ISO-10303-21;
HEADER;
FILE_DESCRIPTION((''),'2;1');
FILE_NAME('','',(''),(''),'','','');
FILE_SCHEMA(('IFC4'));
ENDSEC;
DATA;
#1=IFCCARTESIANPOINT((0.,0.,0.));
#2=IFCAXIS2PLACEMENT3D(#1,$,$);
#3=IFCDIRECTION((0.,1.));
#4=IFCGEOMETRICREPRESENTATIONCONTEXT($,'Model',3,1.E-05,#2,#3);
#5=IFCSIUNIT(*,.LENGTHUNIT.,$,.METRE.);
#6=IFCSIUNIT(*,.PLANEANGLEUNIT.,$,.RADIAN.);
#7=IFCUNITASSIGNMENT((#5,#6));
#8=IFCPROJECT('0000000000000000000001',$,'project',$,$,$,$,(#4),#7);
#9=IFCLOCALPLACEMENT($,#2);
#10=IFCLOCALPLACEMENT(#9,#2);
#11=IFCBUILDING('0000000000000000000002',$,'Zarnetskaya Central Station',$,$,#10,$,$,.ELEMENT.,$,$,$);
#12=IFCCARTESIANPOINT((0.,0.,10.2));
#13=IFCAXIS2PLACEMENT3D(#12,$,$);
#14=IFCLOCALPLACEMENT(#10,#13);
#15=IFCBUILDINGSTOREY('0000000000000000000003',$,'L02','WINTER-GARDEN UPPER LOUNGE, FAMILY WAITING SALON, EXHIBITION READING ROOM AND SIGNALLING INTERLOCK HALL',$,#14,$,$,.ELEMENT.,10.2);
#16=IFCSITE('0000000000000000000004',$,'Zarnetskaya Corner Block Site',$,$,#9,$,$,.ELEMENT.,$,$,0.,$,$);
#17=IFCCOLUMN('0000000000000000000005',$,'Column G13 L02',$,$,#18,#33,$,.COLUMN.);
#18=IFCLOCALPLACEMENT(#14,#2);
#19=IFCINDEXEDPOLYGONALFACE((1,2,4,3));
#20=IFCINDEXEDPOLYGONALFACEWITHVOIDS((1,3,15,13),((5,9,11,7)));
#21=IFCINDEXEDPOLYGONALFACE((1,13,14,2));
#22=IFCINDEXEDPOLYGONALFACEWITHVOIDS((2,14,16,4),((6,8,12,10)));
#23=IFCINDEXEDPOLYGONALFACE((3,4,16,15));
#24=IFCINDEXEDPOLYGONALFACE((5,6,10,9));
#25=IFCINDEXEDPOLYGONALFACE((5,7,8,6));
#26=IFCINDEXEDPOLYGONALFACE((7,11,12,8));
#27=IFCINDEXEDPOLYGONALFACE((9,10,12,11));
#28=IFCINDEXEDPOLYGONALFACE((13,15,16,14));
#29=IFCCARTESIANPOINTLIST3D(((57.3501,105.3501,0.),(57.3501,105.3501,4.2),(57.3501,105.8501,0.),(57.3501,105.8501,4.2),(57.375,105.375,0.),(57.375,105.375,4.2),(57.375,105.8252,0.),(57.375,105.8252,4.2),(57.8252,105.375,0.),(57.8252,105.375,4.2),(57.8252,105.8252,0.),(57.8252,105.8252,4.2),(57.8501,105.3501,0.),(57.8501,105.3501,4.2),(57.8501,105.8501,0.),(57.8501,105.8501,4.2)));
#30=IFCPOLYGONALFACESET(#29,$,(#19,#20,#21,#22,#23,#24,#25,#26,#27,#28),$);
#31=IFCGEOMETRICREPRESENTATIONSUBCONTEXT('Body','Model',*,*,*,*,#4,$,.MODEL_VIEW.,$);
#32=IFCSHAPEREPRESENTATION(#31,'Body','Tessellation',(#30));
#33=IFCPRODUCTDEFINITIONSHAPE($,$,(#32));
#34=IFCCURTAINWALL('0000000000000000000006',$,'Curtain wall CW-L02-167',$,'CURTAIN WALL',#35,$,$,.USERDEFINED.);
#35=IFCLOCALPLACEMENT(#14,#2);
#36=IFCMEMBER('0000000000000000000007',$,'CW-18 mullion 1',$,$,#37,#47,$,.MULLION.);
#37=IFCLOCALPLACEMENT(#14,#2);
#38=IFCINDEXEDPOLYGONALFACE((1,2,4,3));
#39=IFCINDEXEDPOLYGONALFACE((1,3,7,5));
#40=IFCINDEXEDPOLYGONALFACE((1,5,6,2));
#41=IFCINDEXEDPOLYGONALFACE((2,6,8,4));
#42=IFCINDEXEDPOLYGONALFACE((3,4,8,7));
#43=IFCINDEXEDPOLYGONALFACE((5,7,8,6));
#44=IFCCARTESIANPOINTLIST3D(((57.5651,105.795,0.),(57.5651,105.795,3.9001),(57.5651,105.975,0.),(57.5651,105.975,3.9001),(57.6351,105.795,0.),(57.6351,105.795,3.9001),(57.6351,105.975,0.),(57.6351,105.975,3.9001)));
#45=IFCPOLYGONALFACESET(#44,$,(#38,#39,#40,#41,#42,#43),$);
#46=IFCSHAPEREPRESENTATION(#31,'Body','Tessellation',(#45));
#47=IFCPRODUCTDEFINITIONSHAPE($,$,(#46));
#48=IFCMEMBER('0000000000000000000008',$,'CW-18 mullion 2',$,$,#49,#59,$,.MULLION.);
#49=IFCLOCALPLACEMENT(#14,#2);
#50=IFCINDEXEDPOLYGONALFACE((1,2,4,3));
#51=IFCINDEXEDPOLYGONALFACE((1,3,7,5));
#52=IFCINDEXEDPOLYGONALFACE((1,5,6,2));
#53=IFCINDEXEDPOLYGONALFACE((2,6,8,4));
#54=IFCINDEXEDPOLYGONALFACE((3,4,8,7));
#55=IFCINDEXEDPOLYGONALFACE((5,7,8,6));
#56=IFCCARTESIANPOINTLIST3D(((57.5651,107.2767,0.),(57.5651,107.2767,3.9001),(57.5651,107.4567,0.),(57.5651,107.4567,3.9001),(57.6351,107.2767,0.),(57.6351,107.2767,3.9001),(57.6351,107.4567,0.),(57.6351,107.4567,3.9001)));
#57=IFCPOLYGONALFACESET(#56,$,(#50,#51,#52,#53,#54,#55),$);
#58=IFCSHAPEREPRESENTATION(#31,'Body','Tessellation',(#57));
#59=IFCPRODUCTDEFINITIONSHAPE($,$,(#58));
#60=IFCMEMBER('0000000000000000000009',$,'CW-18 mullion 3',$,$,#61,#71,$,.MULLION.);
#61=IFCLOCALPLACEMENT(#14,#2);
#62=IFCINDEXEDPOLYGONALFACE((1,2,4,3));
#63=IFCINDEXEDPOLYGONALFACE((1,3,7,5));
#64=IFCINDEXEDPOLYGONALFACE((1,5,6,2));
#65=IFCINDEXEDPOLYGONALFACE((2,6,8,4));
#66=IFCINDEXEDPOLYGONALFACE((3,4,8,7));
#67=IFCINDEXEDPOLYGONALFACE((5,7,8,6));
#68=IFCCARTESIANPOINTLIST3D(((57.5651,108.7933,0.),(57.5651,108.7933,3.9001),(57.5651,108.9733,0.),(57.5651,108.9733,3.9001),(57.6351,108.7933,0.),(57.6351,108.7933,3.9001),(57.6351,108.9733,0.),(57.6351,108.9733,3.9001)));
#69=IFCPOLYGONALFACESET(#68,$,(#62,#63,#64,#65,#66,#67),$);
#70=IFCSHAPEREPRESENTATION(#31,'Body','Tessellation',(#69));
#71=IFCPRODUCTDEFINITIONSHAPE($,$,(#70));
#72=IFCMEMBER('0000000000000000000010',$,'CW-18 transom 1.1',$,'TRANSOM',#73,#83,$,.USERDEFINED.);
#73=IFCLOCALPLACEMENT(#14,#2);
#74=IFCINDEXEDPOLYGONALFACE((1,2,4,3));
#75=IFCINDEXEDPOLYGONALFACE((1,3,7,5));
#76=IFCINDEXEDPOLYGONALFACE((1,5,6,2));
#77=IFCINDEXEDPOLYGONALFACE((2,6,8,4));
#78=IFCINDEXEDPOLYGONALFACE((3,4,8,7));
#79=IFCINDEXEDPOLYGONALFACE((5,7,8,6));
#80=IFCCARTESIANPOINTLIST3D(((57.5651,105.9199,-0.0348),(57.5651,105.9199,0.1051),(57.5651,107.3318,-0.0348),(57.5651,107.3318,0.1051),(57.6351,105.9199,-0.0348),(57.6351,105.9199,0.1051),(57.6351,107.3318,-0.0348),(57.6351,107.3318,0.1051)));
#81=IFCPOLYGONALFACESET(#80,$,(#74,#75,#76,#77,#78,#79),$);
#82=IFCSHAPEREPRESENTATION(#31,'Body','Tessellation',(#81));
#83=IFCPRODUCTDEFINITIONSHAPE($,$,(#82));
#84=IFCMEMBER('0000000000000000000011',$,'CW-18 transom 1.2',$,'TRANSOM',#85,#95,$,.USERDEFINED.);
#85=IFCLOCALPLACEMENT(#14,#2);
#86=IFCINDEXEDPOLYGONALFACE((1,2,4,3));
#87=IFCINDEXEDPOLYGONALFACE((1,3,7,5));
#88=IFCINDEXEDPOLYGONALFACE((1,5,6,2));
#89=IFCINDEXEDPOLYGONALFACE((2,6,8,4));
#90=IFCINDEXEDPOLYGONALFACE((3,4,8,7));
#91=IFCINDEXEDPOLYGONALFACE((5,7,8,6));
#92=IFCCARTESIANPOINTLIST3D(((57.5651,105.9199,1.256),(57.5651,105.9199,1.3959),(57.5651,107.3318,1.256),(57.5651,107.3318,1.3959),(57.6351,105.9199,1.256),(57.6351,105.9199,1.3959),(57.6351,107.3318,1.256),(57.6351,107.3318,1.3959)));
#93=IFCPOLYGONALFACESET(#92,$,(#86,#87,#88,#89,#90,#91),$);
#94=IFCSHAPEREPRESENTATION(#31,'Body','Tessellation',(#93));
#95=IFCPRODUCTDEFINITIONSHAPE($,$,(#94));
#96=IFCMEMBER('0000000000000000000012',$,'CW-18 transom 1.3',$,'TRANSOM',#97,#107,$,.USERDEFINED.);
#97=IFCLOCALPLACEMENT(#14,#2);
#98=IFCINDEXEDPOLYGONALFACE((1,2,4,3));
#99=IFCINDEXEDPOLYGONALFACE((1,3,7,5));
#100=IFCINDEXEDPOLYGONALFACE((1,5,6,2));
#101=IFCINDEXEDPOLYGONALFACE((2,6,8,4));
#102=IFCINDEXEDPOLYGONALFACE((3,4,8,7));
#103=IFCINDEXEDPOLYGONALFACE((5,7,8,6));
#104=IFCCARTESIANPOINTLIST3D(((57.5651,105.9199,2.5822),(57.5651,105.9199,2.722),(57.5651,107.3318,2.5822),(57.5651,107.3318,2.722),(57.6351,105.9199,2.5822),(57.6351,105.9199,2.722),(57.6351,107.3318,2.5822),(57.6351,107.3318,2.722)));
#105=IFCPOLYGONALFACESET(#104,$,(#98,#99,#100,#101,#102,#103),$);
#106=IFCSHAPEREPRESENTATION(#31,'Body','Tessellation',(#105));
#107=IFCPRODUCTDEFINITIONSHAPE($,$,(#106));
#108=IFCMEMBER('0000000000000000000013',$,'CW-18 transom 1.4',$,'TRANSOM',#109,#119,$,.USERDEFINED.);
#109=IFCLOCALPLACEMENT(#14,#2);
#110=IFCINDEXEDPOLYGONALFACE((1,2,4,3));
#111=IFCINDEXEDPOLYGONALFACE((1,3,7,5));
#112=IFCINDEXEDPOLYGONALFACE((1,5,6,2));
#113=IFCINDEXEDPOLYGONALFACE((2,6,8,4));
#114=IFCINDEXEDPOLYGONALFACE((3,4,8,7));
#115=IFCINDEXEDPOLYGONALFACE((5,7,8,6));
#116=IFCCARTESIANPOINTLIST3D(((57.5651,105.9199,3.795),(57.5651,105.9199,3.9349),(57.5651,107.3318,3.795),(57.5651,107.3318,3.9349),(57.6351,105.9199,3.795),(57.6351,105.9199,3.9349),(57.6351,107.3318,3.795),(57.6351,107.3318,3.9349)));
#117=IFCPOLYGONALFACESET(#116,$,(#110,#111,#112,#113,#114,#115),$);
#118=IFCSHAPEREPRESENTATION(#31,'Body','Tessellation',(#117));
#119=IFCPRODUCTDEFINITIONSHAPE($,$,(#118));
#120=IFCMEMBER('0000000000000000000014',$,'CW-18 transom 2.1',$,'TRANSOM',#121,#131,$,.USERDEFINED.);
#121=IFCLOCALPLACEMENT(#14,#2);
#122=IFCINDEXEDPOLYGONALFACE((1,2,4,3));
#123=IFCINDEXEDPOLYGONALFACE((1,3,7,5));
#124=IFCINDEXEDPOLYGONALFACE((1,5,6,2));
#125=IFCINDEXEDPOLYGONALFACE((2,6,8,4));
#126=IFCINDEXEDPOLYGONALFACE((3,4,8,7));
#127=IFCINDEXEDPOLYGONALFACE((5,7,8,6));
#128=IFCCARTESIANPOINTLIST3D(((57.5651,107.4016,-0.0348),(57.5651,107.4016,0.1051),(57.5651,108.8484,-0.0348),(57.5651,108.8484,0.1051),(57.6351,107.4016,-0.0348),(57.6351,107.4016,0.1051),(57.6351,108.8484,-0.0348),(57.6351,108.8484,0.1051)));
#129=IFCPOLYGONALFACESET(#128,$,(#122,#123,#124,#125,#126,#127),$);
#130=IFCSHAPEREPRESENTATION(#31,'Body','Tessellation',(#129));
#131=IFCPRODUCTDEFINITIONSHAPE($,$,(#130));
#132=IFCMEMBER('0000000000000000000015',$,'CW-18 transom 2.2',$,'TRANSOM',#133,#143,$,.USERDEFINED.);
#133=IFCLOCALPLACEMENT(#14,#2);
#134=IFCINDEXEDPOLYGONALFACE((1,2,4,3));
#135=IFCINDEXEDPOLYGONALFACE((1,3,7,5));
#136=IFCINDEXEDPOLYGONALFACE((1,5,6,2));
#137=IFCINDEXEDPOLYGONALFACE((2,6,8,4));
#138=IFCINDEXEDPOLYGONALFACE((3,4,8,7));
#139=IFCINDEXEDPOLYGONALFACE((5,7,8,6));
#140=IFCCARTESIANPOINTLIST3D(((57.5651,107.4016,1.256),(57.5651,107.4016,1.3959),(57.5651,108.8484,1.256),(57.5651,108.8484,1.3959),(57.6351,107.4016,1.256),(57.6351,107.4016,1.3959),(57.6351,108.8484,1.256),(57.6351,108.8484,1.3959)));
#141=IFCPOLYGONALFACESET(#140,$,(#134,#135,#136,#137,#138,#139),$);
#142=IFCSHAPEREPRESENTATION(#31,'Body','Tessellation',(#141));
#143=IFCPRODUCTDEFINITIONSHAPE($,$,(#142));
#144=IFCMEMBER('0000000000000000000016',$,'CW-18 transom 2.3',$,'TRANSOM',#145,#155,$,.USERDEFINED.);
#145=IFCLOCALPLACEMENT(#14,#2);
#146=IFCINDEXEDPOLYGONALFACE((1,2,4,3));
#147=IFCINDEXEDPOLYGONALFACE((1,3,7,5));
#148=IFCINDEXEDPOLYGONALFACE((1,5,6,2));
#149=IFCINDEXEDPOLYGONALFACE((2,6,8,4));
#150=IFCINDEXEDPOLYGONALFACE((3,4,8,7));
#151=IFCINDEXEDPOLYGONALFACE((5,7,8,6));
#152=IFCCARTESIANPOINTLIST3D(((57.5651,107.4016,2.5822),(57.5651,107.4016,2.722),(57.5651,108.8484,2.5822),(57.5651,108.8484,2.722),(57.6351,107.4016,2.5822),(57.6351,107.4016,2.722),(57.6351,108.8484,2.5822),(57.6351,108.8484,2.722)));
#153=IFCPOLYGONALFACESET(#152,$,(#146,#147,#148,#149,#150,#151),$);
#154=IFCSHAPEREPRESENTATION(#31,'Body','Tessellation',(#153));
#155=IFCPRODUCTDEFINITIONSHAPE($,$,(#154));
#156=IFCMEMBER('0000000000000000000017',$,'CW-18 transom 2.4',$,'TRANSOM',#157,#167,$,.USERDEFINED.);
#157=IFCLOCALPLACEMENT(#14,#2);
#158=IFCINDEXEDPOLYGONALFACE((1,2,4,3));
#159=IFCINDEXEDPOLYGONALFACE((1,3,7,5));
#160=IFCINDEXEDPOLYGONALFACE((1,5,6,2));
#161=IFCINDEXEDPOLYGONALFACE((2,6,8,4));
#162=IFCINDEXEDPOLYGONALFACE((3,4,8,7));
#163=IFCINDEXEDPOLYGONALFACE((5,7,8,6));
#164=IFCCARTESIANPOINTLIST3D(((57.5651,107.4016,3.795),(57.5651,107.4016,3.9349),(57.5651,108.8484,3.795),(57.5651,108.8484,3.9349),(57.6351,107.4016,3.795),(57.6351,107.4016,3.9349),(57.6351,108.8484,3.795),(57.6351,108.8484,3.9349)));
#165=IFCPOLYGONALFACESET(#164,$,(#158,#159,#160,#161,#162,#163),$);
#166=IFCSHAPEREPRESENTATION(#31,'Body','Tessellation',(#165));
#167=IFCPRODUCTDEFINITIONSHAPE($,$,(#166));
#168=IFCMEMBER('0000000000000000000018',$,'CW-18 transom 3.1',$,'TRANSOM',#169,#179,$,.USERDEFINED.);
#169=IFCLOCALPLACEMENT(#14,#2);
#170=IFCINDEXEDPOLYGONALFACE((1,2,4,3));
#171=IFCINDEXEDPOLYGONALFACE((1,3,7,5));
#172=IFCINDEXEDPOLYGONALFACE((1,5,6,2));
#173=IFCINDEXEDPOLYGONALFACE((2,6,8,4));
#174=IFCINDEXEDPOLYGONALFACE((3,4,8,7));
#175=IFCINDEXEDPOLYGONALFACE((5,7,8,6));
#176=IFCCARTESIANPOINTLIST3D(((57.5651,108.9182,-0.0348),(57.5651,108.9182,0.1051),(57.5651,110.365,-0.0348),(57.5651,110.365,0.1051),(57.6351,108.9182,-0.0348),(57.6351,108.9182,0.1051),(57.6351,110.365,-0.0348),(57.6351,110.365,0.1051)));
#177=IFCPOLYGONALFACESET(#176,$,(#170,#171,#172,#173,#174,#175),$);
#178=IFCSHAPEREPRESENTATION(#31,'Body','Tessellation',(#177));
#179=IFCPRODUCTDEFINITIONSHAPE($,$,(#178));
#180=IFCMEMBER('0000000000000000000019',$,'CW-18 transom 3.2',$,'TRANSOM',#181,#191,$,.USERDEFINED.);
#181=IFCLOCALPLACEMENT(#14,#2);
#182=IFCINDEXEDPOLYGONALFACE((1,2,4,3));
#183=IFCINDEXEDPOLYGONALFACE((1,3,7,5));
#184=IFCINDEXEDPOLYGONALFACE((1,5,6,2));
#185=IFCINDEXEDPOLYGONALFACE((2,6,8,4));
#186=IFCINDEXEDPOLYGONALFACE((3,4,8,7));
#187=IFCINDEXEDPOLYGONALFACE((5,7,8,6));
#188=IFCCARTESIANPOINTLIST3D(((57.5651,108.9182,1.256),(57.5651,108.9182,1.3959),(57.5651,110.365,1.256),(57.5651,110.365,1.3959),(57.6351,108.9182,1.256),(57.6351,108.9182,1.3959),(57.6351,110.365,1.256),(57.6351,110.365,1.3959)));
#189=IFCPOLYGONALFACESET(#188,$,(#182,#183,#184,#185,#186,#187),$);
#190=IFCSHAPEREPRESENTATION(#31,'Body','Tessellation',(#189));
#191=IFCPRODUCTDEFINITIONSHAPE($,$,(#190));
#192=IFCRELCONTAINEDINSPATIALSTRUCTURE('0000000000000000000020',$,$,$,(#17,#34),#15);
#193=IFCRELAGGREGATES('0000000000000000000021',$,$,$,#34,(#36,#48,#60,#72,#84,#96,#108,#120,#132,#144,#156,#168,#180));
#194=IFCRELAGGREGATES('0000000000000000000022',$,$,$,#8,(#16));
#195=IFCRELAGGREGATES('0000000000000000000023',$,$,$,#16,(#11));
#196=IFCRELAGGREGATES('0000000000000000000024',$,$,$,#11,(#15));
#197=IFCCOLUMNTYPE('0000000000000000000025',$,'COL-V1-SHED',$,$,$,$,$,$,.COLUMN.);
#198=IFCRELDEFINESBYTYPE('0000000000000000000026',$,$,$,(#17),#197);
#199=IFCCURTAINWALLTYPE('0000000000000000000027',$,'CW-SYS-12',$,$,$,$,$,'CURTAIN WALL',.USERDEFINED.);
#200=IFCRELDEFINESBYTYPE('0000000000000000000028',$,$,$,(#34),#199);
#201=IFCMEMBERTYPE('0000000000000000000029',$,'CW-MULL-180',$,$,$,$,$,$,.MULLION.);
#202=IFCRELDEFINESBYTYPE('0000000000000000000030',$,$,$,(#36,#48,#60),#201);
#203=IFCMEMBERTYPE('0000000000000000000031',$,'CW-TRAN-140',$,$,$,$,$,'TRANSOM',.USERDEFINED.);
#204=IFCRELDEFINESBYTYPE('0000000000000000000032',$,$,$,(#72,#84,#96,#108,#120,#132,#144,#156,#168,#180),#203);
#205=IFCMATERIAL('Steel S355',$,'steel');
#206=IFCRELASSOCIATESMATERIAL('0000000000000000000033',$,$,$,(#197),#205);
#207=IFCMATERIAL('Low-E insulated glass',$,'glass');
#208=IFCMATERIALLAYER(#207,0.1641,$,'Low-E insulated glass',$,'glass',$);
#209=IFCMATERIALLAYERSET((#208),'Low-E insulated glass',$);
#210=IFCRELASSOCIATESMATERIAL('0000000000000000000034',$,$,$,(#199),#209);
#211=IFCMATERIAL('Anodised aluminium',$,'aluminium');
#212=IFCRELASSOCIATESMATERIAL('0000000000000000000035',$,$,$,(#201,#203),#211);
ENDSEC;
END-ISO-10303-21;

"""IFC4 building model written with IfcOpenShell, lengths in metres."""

from ifc_helpers import new_model, si_unit, direction, frame, origin, origin_2d, place, context, subcontext, project, spatial, rectangle, hollow_rectangle, extrude, material, layer, layer_set, material_profile, profile_set, type_object, element, aggregate, save


model = new_model("IFC4")

# Units and contexts
model_context = context("Model", 3, precision=1e-05, world=origin(), true_north=direction((0.0, 1.0)))
body_context = subcontext(model_context, "Body", "Model", "MODEL_VIEW")
ifc_project = project(units=[si_unit("LENGTHUNIT", "METRE"), si_unit("PLANEANGLEUNIT", "RADIAN")], contexts=[model_context])

# Site, building, storey
site_placement = place(None, origin())
site = spatial("IfcSite", under=ifc_project, at=site_placement, Name="Zarnetskaya Corner Block Site", CompositionType="ELEMENT", RefElevation=0.0)
building_placement = place(site_placement, origin())
building = spatial("IfcBuilding", under=site, at=building_placement, Name="Zarnetskaya Central Station", CompositionType="ELEMENT")
storey_placement = place(building_placement, frame((0.0, 0.0, 10.2)))
storey = spatial("IfcBuildingStorey", under=building, at=storey_placement, Name="L02", Description="WINTER-GARDEN UPPER LOUNGE, FAMILY WAITING SALON, EXHIBITION READING ROOM AND SIGNALLING INTERLOCK HALL", CompositionType="ELEMENT", Elevation=10.2)

# Column
ifc_material_1 = material(Name="Steel S355", Category="steel")
ifc_material_profile_1 = material_profile(ifc_material_1, hollow_rectangle(XDim=0.5, YDim=0.5, WallThickness=0.0249, at=origin_2d()), Name="BOX 500x500x25")
ifc_profile_set_1 = profile_set([ifc_material_profile_1], Name="Steel S355")
column_type = type_object("IfcColumnType", Name="COL-V1-SHED", PredefinedType="COLUMN", material=ifc_profile_set_1)
column_placement = place(storey_placement, frame((57.6001, 105.6001, 0.0), z_axis=(0.0, 0.0, 1.0), x_axis=(1.0, 0.0, 0.0)))
element("IfcColumn", 1, at=column_placement, inside=storey, type_object=column_type, Name="Column G13 L02", PredefinedType="COLUMN", context=body_context, shape_type="SweptSolid", body=[
    extrude(hollow_rectangle(XDim=0.5, YDim=0.5, WallThickness=0.0249, at=origin_2d()), origin(), (0.0, 0.0, 1.0), 4.2),
])

# Curtain wall, members
ifc_material_2 = material(Name="Low-E insulated glass", Category="glass")
ifc_layer_1 = layer(ifc_material_2, 0.1641, Name="Low-E insulated glass", Category="glass")
ifc_layer_set_1 = layer_set([ifc_layer_1], Name="Low-E insulated glass")
curtain_wall_type = type_object("IfcCurtainWallType", Name="CW-SYS-12", ElementType="CURTAIN WALL", PredefinedType="USERDEFINED", material=ifc_layer_set_1)
curtain_wall_placement = place(storey_placement, origin())
curtain_wall = element("IfcCurtainWall", 2, at=curtain_wall_placement, inside=storey, type_object=curtain_wall_type, Name="Curtain wall CW-L02-167", ObjectType="CURTAIN WALL", PredefinedType="USERDEFINED")
ifc_material_3 = material(Name="Anodised aluminium", Category="aluminium")
ifc_material_profile_2 = material_profile(ifc_material_3, rectangle(XDim=0.0701, YDim=0.1799, at=origin_2d()), Name="ALU MULL 70x180")
ifc_profile_set_2 = profile_set([ifc_material_profile_2], Name="Anodised aluminium")
member_type_1 = type_object("IfcMemberType", Name="CW-MULL-180", PredefinedType="MULLION", material=ifc_profile_set_2)
member_1_placement = place(storey_placement, frame((57.6001, 105.885, 0.0), z_axis=(0.0, 0.0, 1.0), x_axis=(-1.0, 0.0, 0.0)))
member_1 = element("IfcMember", 3, at=member_1_placement, type_object=member_type_1, Name="CW-18 mullion 1", PredefinedType="MULLION", context=body_context, shape_type="SweptSolid", body=[
    extrude(rectangle(XDim=0.0701, YDim=0.1799, at=origin_2d()), origin(), (0.0, 0.0, 1.0), 3.9001),
])
member_2_placement = place(storey_placement, frame((57.6001, 107.3667, 0.0), z_axis=(0.0, 0.0, 1.0), x_axis=(-1.0, 0.0, 0.0)))
member_2 = element("IfcMember", 4, at=member_2_placement, type_object=member_type_1, Name="CW-18 mullion 2", PredefinedType="MULLION", context=body_context, shape_type="SweptSolid", body=[
    extrude(rectangle(XDim=0.0701, YDim=0.1799, at=origin_2d()), origin(), (0.0, 0.0, 1.0), 3.9001),
])
member_3_placement = place(storey_placement, frame((57.6001, 108.8833, 0.0), z_axis=(0.0, 0.0, 1.0), x_axis=(-1.0, 0.0, 0.0)))
member_3 = element("IfcMember", 5, at=member_3_placement, type_object=member_type_1, Name="CW-18 mullion 3", PredefinedType="MULLION", context=body_context, shape_type="SweptSolid", body=[
    extrude(rectangle(XDim=0.0701, YDim=0.1799, at=origin_2d()), origin(), (0.0, 0.0, 1.0), 3.9001),
])
ifc_material_profile_3 = material_profile(ifc_material_3, rectangle(XDim=0.0701, YDim=0.1399, at=origin_2d()), Name="ALU TRAN 70x140")
ifc_profile_set_3 = profile_set([ifc_material_profile_3], Name="Anodised aluminium")
member_type_2 = type_object("IfcMemberType", Name="CW-TRAN-140", ElementType="TRANSOM", PredefinedType="USERDEFINED", material=ifc_profile_set_3)
member_4_placement = place(storey_placement, frame((57.6001, 105.9199, 0.0352), z_axis=(0.0, 1.0, 0.0), x_axis=(-1.0, 0.0, 0.0)))
member_4 = element("IfcMember", 6, at=member_4_placement, type_object=member_type_2, Name="CW-18 transom 1.1", ObjectType="TRANSOM", PredefinedType="USERDEFINED", context=body_context, shape_type="SweptSolid", body=[
    extrude(rectangle(XDim=0.0701, YDim=0.1399, at=origin_2d()), origin(), (0.0, 0.0, 1.0), 1.4119),
])
member_5_placement = place(storey_placement, frame((57.6001, 105.9199, 1.3259), z_axis=(0.0, 1.0, 0.0), x_axis=(-1.0, 0.0, 0.0)))
member_5 = element("IfcMember", 7, at=member_5_placement, type_object=member_type_2, Name="CW-18 transom 1.2", ObjectType="TRANSOM", PredefinedType="USERDEFINED", context=body_context, shape_type="SweptSolid", body=[
    extrude(rectangle(XDim=0.0701, YDim=0.1399, at=origin_2d()), origin(), (0.0, 0.0, 1.0), 1.4119),
])
member_6_placement = place(storey_placement, frame((57.6001, 105.9199, 2.6521), z_axis=(0.0, 1.0, 0.0), x_axis=(-1.0, 0.0, 0.0)))
member_6 = element("IfcMember", 8, at=member_6_placement, type_object=member_type_2, Name="CW-18 transom 1.3", ObjectType="TRANSOM", PredefinedType="USERDEFINED", context=body_context, shape_type="SweptSolid", body=[
    extrude(rectangle(XDim=0.0701, YDim=0.1399, at=origin_2d()), origin(), (0.0, 0.0, 1.0), 1.4119),
])
member_7_placement = place(storey_placement, frame((57.6001, 105.9199, 3.865), z_axis=(0.0, 1.0, 0.0), x_axis=(-1.0, 0.0, 0.0)))
member_7 = element("IfcMember", 9, at=member_7_placement, type_object=member_type_2, Name="CW-18 transom 1.4", ObjectType="TRANSOM", PredefinedType="USERDEFINED", context=body_context, shape_type="SweptSolid", body=[
    extrude(rectangle(XDim=0.0701, YDim=0.1399, at=origin_2d()), origin(), (0.0, 0.0, 1.0), 1.4119),
])
member_8_placement = place(storey_placement, frame((57.6001, 107.4016, 0.0352), z_axis=(0.0, 1.0, 0.0), x_axis=(-1.0, 0.0, 0.0)))
member_8 = element("IfcMember", 10, at=member_8_placement, type_object=member_type_2, Name="CW-18 transom 2.1", ObjectType="TRANSOM", PredefinedType="USERDEFINED", context=body_context, shape_type="SweptSolid", body=[
    extrude(rectangle(XDim=0.0701, YDim=0.1399, at=origin_2d()), origin(), (0.0, 0.0, 1.0), 1.4468),
])
member_9_placement = place(storey_placement, frame((57.6001, 107.4016, 1.3259), z_axis=(0.0, 1.0, 0.0), x_axis=(-1.0, 0.0, 0.0)))
member_9 = element("IfcMember", 11, at=member_9_placement, type_object=member_type_2, Name="CW-18 transom 2.2", ObjectType="TRANSOM", PredefinedType="USERDEFINED", context=body_context, shape_type="SweptSolid", body=[
    extrude(rectangle(XDim=0.0701, YDim=0.1399, at=origin_2d()), origin(), (0.0, 0.0, 1.0), 1.4468),
])
member_10_placement = place(storey_placement, frame((57.6001, 107.4016, 2.6521), z_axis=(0.0, 1.0, 0.0), x_axis=(-1.0, 0.0, 0.0)))
member_10 = element("IfcMember", 12, at=member_10_placement, type_object=member_type_2, Name="CW-18 transom 2.3", ObjectType="TRANSOM", PredefinedType="USERDEFINED", context=body_context, shape_type="SweptSolid", body=[
    extrude(rectangle(XDim=0.0701, YDim=0.1399, at=origin_2d()), origin(), (0.0, 0.0, 1.0), 1.4468),
])
member_11_placement = place(storey_placement, frame((57.6001, 107.4016, 3.865), z_axis=(0.0, 1.0, 0.0), x_axis=(-1.0, 0.0, 0.0)))
member_11 = element("IfcMember", 13, at=member_11_placement, type_object=member_type_2, Name="CW-18 transom 2.4", ObjectType="TRANSOM", PredefinedType="USERDEFINED", context=body_context, shape_type="SweptSolid", body=[
    extrude(rectangle(XDim=0.0701, YDim=0.1399, at=origin_2d()), origin(), (0.0, 0.0, 1.0), 1.4468),
])
member_12_placement = place(storey_placement, frame((57.6001, 108.9182, 0.0352), z_axis=(0.0, 1.0, 0.0), x_axis=(-1.0, 0.0, 0.0)))
member_12 = element("IfcMember", 14, at=member_12_placement, type_object=member_type_2, Name="CW-18 transom 3.1", ObjectType="TRANSOM", PredefinedType="USERDEFINED", context=body_context, shape_type="SweptSolid", body=[
    extrude(rectangle(XDim=0.0701, YDim=0.1399, at=origin_2d()), origin(), (0.0, 0.0, 1.0), 1.4468),
])
member_13_placement = place(storey_placement, frame((57.6001, 108.9182, 1.3259), z_axis=(0.0, 1.0, 0.0), x_axis=(-1.0, 0.0, 0.0)))
member_13 = element("IfcMember", 15, at=member_13_placement, type_object=member_type_2, Name="CW-18 transom 3.2", ObjectType="TRANSOM", PredefinedType="USERDEFINED", context=body_context, shape_type="SweptSolid", body=[
    extrude(rectangle(XDim=0.0701, YDim=0.1399, at=origin_2d()), origin(), (0.0, 0.0, 1.0), 1.4468),
])
aggregate(curtain_wall, [member_1, member_2, member_3, member_4, member_5, member_6, member_7, member_8, member_9, member_10, member_11, member_12, member_13])

save(model, "model.ifc")
